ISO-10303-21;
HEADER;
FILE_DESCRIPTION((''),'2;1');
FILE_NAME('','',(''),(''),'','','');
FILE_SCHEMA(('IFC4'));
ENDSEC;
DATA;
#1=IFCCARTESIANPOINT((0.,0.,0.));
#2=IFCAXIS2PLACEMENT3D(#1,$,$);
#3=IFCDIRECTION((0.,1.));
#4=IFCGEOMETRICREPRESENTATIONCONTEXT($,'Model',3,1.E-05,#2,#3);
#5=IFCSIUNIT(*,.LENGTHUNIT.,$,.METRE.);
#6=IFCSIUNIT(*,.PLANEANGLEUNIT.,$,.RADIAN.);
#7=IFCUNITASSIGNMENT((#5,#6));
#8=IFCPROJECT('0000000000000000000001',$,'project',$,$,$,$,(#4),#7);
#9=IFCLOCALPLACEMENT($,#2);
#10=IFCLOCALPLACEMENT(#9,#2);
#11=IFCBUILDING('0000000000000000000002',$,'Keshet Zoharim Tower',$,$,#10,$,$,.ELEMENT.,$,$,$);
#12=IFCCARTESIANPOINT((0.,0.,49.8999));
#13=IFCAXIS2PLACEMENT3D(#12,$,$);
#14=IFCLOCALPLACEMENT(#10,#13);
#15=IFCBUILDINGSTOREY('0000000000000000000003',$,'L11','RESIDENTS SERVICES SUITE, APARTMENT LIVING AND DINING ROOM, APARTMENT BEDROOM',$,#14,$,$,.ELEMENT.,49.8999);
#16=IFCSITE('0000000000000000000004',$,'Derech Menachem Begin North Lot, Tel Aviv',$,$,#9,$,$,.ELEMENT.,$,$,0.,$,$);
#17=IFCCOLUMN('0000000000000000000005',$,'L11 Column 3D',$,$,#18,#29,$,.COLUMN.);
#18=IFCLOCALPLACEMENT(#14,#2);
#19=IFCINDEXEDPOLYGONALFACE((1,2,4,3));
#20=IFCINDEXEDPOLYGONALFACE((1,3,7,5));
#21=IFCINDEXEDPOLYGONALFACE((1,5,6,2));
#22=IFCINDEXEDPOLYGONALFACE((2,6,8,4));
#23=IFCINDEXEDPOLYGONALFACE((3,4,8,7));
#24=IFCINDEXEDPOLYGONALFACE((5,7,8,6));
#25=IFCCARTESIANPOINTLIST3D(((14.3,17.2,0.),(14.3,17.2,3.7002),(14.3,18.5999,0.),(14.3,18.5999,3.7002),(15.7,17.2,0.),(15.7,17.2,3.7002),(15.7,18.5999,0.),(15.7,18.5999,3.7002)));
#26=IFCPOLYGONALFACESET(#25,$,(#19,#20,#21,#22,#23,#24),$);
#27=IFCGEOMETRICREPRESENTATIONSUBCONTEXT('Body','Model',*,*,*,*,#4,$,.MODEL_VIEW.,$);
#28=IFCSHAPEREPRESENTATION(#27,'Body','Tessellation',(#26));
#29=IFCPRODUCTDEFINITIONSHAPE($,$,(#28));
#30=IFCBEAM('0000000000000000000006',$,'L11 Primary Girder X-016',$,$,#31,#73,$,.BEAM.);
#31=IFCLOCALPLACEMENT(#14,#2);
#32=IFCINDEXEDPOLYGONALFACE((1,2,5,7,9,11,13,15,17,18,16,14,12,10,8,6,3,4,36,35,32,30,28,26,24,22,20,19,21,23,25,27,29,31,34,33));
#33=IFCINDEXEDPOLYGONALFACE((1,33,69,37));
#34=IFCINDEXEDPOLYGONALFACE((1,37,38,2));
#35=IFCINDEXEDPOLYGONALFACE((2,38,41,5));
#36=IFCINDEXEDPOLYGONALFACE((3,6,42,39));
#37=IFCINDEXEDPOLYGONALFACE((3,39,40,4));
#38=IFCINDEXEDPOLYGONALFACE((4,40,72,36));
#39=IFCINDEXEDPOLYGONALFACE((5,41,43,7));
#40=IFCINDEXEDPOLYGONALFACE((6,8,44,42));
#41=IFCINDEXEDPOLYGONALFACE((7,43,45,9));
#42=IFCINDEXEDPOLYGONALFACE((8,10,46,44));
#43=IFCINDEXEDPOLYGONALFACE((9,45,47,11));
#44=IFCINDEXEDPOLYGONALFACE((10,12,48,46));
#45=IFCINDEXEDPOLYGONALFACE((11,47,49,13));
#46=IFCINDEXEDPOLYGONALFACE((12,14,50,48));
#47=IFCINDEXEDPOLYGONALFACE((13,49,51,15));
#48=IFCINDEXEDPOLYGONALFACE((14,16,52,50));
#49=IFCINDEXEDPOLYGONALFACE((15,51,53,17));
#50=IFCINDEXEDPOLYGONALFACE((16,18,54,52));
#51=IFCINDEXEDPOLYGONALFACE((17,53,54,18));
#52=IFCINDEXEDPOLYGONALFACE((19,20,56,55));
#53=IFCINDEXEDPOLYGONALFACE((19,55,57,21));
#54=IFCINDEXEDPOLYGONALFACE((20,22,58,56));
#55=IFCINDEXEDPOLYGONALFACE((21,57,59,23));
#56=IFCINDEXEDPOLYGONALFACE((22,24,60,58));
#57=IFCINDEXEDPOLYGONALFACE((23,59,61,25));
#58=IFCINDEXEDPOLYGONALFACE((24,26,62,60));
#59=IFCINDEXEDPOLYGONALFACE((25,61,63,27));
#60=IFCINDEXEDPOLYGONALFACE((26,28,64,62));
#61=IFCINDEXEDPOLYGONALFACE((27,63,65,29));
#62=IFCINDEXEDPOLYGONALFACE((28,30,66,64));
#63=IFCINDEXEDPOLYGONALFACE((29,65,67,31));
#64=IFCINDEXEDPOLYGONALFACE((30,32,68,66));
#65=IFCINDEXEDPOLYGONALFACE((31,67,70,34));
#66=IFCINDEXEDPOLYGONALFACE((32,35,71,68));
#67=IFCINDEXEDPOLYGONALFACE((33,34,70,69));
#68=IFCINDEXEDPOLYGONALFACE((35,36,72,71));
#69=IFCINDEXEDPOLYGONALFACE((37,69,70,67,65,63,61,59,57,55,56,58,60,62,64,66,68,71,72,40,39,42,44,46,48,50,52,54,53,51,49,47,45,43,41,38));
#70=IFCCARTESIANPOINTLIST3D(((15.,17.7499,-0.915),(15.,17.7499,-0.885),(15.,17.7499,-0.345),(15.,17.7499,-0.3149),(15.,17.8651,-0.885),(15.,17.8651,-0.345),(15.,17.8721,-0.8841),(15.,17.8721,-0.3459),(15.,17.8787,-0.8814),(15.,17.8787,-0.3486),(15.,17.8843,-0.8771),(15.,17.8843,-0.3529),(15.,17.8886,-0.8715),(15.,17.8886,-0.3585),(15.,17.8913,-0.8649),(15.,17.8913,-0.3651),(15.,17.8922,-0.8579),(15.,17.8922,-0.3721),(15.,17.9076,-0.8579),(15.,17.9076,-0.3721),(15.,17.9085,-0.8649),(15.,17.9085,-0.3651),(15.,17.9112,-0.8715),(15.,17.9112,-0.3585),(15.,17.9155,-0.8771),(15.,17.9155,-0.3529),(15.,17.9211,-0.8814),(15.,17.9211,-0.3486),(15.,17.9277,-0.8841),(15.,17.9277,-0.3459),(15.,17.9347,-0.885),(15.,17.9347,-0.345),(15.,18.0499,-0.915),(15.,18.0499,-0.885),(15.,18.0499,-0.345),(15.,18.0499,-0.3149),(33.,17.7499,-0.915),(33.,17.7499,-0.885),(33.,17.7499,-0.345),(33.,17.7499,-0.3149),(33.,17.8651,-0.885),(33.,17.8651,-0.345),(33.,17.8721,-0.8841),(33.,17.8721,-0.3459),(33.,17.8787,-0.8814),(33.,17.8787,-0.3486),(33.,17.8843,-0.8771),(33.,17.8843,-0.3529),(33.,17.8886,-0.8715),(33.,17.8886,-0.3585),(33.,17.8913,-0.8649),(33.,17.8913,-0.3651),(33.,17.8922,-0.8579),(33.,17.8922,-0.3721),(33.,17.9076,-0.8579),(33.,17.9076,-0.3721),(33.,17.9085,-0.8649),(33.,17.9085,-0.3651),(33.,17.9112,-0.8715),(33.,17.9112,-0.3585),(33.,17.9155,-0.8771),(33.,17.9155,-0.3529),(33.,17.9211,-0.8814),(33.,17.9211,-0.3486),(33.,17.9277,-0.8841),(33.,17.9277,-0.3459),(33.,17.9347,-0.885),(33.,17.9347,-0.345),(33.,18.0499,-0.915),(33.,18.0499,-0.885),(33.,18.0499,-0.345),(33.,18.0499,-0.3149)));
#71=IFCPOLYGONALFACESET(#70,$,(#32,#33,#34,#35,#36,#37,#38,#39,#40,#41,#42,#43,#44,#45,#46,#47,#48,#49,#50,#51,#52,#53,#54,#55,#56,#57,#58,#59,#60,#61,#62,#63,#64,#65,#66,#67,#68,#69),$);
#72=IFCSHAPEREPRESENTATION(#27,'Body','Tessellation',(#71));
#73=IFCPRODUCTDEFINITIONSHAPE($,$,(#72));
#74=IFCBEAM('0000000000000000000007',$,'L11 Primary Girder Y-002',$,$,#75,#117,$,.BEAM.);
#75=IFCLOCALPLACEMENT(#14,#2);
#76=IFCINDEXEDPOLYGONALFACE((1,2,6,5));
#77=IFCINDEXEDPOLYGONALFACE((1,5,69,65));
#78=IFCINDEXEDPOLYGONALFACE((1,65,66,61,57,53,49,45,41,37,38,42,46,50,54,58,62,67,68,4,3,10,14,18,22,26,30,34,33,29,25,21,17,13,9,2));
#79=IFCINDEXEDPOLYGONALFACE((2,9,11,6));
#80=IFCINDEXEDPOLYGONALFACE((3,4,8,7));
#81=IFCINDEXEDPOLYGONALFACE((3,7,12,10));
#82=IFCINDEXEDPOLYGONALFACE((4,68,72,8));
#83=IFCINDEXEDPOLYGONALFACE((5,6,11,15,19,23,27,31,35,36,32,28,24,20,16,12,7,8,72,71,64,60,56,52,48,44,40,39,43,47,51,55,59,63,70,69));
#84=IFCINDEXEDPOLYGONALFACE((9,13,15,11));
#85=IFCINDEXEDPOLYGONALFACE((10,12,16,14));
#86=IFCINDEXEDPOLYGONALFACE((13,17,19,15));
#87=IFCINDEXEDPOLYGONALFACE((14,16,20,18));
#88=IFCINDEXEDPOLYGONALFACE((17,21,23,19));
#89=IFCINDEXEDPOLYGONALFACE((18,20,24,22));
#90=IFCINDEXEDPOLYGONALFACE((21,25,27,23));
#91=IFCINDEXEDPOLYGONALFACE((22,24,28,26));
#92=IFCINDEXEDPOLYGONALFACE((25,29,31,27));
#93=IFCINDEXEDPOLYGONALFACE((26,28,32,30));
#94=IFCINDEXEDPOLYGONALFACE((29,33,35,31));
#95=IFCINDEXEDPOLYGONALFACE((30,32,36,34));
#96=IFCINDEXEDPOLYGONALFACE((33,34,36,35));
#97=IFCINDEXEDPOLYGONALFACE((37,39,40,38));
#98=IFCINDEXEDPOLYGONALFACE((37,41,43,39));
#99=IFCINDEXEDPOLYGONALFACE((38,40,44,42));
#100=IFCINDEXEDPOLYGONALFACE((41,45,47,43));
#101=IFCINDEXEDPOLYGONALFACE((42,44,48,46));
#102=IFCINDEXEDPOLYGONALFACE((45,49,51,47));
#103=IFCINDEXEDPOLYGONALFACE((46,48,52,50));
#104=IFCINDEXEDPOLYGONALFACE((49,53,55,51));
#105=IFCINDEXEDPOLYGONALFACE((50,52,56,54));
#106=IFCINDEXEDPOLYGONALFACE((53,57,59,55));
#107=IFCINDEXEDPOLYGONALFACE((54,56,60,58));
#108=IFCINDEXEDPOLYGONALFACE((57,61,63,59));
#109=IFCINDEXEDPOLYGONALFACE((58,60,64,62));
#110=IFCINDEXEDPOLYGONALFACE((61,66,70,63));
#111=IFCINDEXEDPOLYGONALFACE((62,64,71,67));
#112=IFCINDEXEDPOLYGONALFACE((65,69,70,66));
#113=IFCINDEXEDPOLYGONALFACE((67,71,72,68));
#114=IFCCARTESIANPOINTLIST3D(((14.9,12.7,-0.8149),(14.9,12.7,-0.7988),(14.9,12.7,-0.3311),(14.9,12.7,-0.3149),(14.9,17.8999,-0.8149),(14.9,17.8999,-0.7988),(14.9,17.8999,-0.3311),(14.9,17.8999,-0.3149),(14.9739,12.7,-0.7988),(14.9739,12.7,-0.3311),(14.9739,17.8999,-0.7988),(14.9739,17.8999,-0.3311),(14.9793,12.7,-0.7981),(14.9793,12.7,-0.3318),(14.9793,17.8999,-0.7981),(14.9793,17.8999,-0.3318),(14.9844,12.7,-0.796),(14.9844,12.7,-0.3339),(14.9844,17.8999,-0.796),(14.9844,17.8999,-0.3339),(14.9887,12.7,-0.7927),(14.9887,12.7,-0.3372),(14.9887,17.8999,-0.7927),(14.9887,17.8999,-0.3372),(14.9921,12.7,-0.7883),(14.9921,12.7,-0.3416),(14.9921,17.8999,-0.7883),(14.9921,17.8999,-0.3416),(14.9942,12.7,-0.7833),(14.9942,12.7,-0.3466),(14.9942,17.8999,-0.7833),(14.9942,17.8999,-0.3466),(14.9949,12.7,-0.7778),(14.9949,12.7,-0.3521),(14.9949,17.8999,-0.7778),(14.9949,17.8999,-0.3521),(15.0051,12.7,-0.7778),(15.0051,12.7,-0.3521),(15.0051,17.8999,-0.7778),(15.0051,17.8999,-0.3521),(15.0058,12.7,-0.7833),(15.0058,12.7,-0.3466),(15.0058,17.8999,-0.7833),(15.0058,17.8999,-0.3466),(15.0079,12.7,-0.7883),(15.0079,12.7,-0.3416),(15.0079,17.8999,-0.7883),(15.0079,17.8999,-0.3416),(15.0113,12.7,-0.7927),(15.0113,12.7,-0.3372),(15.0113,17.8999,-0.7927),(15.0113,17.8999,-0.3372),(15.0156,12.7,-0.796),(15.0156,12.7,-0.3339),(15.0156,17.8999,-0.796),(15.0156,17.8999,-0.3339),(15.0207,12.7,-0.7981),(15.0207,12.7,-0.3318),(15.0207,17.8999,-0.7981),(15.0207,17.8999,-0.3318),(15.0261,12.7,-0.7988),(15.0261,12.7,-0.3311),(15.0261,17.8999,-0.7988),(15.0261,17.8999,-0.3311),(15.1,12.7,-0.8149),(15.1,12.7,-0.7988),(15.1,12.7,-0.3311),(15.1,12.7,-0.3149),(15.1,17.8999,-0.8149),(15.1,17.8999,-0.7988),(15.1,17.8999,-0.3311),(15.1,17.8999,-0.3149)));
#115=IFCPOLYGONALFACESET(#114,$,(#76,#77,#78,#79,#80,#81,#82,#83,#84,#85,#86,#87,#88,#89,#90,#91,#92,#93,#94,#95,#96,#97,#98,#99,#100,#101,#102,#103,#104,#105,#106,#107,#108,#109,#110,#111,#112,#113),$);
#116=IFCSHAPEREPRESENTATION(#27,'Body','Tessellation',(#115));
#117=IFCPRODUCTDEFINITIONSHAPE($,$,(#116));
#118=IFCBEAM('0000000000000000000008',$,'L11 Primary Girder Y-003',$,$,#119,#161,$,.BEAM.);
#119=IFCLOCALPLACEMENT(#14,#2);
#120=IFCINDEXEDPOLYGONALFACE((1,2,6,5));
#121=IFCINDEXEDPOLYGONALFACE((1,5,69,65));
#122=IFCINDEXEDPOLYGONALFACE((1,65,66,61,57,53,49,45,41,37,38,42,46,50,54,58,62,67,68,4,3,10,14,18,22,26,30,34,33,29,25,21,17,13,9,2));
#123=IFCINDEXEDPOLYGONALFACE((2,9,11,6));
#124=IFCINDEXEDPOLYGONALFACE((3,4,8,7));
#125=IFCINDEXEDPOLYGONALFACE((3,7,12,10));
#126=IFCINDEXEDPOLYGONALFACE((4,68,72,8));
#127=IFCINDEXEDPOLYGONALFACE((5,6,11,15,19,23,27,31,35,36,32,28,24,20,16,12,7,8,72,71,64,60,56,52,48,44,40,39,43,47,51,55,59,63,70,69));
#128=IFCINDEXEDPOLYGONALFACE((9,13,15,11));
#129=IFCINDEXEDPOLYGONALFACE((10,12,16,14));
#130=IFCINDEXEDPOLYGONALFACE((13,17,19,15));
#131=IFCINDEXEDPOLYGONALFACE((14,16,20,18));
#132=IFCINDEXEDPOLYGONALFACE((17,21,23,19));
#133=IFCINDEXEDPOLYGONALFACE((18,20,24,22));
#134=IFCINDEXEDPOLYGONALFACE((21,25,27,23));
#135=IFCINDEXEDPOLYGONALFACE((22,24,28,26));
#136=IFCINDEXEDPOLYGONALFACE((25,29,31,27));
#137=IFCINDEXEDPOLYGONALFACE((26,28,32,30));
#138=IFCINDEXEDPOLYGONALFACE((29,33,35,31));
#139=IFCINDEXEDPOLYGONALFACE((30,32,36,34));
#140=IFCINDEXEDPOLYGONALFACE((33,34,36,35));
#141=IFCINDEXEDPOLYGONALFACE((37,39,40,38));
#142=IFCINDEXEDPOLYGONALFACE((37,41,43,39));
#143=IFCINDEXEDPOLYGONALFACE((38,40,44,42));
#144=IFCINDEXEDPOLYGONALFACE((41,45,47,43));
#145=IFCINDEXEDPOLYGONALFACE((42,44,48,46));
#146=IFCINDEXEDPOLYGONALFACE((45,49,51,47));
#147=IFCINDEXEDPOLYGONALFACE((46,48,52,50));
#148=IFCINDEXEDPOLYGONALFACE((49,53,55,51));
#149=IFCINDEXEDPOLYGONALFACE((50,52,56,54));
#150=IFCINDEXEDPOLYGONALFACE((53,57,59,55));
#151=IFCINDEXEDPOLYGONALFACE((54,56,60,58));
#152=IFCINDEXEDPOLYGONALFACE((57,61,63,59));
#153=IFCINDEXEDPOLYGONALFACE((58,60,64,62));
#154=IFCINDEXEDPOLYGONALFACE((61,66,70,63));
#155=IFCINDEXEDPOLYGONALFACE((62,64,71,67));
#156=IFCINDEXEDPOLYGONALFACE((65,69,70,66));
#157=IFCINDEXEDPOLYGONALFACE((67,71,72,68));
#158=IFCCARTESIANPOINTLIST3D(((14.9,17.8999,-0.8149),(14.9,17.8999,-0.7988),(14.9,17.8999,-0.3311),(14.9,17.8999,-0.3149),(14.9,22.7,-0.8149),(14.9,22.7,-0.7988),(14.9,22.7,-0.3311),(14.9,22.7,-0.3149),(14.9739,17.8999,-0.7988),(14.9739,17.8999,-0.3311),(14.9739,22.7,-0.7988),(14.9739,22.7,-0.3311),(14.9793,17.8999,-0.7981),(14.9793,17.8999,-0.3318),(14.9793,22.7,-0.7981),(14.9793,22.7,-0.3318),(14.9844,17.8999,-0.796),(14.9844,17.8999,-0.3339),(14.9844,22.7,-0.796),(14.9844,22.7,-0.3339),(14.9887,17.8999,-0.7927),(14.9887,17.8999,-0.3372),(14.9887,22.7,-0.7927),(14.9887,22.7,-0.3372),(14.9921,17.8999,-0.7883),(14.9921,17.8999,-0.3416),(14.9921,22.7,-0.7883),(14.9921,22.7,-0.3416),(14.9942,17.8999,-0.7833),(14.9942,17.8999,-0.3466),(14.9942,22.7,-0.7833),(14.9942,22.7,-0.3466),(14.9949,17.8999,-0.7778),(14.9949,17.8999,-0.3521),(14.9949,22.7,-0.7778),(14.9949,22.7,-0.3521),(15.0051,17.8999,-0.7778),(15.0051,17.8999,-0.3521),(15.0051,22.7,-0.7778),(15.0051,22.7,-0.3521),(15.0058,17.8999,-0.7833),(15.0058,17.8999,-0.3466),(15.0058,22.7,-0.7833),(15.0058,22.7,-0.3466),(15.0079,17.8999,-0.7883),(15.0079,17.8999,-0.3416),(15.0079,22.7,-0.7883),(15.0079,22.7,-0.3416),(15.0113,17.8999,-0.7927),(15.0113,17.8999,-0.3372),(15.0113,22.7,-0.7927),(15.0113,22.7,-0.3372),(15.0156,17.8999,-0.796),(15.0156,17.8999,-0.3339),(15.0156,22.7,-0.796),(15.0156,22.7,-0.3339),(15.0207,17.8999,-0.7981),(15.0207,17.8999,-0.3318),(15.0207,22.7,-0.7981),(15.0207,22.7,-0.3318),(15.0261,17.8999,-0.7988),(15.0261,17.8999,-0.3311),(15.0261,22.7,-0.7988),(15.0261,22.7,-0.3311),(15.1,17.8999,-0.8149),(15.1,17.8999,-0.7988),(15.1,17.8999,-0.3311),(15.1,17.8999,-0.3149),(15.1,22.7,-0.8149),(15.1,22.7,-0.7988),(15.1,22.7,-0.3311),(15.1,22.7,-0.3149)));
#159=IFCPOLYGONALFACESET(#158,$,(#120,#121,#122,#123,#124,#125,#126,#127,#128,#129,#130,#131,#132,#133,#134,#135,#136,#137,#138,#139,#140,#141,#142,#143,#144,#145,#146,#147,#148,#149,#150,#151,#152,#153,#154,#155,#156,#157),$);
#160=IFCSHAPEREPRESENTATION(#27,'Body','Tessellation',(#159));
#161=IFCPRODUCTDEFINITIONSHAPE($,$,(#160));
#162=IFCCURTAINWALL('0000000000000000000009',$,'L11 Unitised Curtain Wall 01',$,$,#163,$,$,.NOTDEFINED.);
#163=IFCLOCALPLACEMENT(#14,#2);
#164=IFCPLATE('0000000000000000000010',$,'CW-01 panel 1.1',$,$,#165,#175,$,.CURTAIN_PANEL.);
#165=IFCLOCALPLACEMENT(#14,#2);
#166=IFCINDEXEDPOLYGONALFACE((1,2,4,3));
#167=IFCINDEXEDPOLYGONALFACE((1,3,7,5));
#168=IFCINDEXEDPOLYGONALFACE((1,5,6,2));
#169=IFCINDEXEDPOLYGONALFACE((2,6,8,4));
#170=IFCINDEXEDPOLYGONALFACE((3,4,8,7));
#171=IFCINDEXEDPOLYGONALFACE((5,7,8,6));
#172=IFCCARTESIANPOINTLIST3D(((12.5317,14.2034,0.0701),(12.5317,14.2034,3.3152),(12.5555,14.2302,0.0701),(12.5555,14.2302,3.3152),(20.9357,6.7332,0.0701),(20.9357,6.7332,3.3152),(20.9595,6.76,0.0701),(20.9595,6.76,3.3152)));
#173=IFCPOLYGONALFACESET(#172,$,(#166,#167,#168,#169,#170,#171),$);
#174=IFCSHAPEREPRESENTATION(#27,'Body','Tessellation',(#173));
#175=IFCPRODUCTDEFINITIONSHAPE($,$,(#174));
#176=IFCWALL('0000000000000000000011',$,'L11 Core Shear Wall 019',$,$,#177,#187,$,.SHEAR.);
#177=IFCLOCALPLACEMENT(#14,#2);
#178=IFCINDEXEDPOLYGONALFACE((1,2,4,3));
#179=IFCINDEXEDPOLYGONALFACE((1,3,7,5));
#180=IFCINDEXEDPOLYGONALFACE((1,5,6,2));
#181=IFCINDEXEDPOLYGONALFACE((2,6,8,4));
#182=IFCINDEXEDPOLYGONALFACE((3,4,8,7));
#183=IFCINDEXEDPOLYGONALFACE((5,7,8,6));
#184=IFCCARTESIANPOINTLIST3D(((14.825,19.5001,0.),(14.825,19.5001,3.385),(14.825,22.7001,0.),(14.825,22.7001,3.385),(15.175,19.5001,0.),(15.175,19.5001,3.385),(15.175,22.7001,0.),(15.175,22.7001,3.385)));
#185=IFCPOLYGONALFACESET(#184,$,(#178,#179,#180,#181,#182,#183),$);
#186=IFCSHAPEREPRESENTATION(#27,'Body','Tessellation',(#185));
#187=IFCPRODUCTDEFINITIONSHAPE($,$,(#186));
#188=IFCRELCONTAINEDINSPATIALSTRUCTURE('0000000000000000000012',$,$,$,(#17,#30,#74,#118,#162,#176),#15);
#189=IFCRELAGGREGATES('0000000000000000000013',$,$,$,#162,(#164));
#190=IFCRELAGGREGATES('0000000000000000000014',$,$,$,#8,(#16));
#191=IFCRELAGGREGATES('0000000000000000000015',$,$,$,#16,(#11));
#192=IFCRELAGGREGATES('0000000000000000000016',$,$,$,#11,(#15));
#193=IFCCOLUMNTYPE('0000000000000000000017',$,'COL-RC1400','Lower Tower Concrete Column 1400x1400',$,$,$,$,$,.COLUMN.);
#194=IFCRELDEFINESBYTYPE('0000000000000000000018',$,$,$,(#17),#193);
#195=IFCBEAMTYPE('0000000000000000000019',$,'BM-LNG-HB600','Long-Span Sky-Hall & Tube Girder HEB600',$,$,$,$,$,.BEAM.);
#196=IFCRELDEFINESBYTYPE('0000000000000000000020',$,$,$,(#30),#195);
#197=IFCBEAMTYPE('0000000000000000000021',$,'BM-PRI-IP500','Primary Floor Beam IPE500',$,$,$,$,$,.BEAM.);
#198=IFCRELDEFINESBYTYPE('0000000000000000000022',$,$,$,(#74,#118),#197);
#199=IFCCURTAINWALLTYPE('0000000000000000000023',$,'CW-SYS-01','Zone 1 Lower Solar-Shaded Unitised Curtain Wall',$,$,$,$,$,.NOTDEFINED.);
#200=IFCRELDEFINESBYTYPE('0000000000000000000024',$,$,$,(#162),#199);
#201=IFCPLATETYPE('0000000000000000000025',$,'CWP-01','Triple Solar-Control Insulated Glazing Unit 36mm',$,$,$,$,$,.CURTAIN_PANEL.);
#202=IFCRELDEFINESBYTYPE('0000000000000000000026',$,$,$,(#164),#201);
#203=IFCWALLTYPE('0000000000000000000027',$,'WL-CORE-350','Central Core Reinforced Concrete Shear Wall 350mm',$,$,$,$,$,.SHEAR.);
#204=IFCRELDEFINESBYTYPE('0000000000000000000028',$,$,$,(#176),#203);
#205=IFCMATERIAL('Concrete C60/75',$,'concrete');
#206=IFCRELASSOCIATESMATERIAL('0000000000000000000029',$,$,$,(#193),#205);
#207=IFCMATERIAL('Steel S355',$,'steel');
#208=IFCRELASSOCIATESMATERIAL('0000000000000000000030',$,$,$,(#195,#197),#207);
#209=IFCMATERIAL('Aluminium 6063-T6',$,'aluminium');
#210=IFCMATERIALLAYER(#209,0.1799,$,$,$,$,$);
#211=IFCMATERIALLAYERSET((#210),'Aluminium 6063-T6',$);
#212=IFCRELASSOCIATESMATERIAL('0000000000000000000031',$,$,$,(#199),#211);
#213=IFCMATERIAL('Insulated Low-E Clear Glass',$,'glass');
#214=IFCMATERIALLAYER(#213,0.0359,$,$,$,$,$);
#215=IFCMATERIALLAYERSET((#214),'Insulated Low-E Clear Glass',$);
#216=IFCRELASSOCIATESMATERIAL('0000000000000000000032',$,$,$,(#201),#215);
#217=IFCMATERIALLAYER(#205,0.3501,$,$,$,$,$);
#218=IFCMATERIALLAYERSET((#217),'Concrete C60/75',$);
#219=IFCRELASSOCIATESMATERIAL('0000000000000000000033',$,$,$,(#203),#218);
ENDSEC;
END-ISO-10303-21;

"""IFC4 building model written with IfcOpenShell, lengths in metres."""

from ifc_helpers import new_model, si_unit, direction, frame, frame_2d, origin, origin_2d, place, context, subcontext, project, spatial, rectangle, i_section, extrude, material, layer, layer_set, material_profile, profile_set, type_object, element, aggregate, save


model = new_model("IFC4")

# Units and contexts
model_context = context("Model", 3, precision=1e-05, world=origin(), true_north=direction((0.0, 1.0)))
body_context = subcontext(model_context, "Body", "Model", "MODEL_VIEW")
ifc_project = project(units=[si_unit("LENGTHUNIT", "METRE"), si_unit("PLANEANGLEUNIT", "RADIAN")], contexts=[model_context])

# Site, building, storey
site_placement = place(None, origin())
site = spatial("IfcSite", under=ifc_project, at=site_placement, Name="Derech Menachem Begin North Lot, Tel Aviv", CompositionType="ELEMENT", RefElevation=0.0)
building_placement = place(site_placement, origin())
building = spatial("IfcBuilding", under=site, at=building_placement, Name="Keshet Zoharim Tower", CompositionType="ELEMENT")
storey_placement = place(building_placement, frame((0.0, 0.0, 49.8999)))
storey = spatial("IfcBuildingStorey", under=building, at=storey_placement, Name="L11", Description="RESIDENTS SERVICES SUITE, APARTMENT LIVING AND DINING ROOM, APARTMENT BEDROOM", CompositionType="ELEMENT", Elevation=49.8999)

# Column
ifc_material_1 = material(Name="Concrete C60/75", Category="concrete")
ifc_material_profile_1 = material_profile(ifc_material_1, rectangle(XDim=1.3999, YDim=1.3999, at=origin_2d()), Name="RC1400x1400")
ifc_profile_set_1 = profile_set([ifc_material_profile_1], Name="Concrete C60/75")
column_type = type_object("IfcColumnType", Name="COL-RC1400", Description="Lower Tower Concrete Column 1400x1400", PredefinedType="COLUMN", material=ifc_profile_set_1)
column_placement = place(storey_placement, frame((15.0, 17.8999, 0.0), z_axis=(0.0, 0.0, 1.0), x_axis=(1.0, 0.0, 0.0)))
element("IfcColumn", 1, at=column_placement, inside=storey, type_object=column_type, Name="L11 Column 3D", PredefinedType="COLUMN", context=body_context, shape_type="SweptSolid", body=[
    extrude(rectangle(XDim=1.3999, YDim=1.3999, at=origin_2d()), origin(), (0.0, 0.0, 1.0), 3.7002),
])

# Beams
ifc_material_2 = material(Name="Steel S355", Category="steel")
ifc_material_profile_2 = material_profile(ifc_material_2, i_section(OverallWidth=0.3, OverallDepth=0.6001, WebThickness=0.0154, FlangeThickness=0.03, FilletRadius=0.0271, at=origin_2d()), Name="HEB600")
ifc_profile_set_2 = profile_set([ifc_material_profile_2], Name="Steel S355")
beam_type_1 = type_object("IfcBeamType", Name="BM-LNG-HB600", Description="Long-Span Sky-Hall & Tube Girder HEB600", PredefinedType="BEAM", material=ifc_profile_set_2)
beam_1_placement = place(storey_placement, frame((15.0, 17.8999, -0.615), z_axis=(1.0, 0.0, 0.0), x_axis=(0.0, 1.0, 0.0)))
element("IfcBeam", 2, at=beam_1_placement, inside=storey, type_object=beam_type_1, Name="L11 Primary Girder X-016", PredefinedType="BEAM", context=body_context, shape_type="SweptSolid", body=[
    extrude(i_section(OverallWidth=0.3, OverallDepth=0.6001, WebThickness=0.0154, FlangeThickness=0.03, FilletRadius=0.0271, at=origin_2d()), origin(), (0.0, 0.0, 1.0), 18.0),
])
ifc_material_profile_3 = material_profile(ifc_material_2, i_section(OverallWidth=0.2, OverallDepth=0.5, WebThickness=0.0103, FlangeThickness=0.0161, FilletRadius=0.021, at=origin_2d()), Name="IPE500")
ifc_profile_set_3 = profile_set([ifc_material_profile_3], Name="Steel S355")
beam_type_2 = type_object("IfcBeamType", Name="BM-PRI-IP500", Description="Primary Floor Beam IPE500", PredefinedType="BEAM", material=ifc_profile_set_3)
beam_2_placement = place(storey_placement, frame((15.0, 12.7, -0.5649), z_axis=(0.0, 1.0, 0.0), x_axis=(-1.0, 0.0, 0.0)))
element("IfcBeam", 3, at=beam_2_placement, inside=storey, type_object=beam_type_2, Name="L11 Primary Girder Y-002", PredefinedType="BEAM", context=body_context, shape_type="SweptSolid", body=[
    extrude(i_section(OverallWidth=0.2, OverallDepth=0.5, WebThickness=0.0103, FlangeThickness=0.0161, FilletRadius=0.021, at=origin_2d()), origin(), (0.0, 0.0, 1.0), 5.2),
])
beam_3_placement = place(storey_placement, frame((15.0, 17.8999, -0.5649), z_axis=(0.0, 1.0, 0.0), x_axis=(-1.0, 0.0, 0.0)))
element("IfcBeam", 4, at=beam_3_placement, inside=storey, type_object=beam_type_2, Name="L11 Primary Girder Y-003", PredefinedType="BEAM", context=body_context, shape_type="SweptSolid", body=[
    extrude(i_section(OverallWidth=0.2, OverallDepth=0.5, WebThickness=0.0103, FlangeThickness=0.0161, FilletRadius=0.021, at=origin_2d()), origin(), (0.0, 0.0, 1.0), 4.8),
])

# Curtain wall, plate
ifc_material_3 = material(Name="Aluminium 6063-T6", Category="aluminium")
ifc_layer_1 = layer(ifc_material_3, 0.1799)
ifc_layer_set_1 = layer_set([ifc_layer_1], Name="Aluminium 6063-T6")
curtain_wall_type = type_object("IfcCurtainWallType", Name="CW-SYS-01", Description="Zone 1 Lower Solar-Shaded Unitised Curtain Wall", PredefinedType="NOTDEFINED", material=ifc_layer_set_1)
curtain_wall_placement = place(storey_placement, origin())
curtain_wall = element("IfcCurtainWall", 5, at=curtain_wall_placement, inside=storey, type_object=curtain_wall_type, Name="L11 Unitised Curtain Wall 01", PredefinedType="NOTDEFINED")
ifc_material_4 = material(Name="Insulated Low-E Clear Glass", Category="glass")
ifc_layer_2 = layer(ifc_material_4, 0.0359)
ifc_layer_set_2 = layer_set([ifc_layer_2], Name="Insulated Low-E Clear Glass")
plate_type = type_object("IfcPlateType", Name="CWP-01", Description="Triple Solar-Control Insulated Glazing Unit 36mm", PredefinedType="CURTAIN_PANEL", material=ifc_layer_set_2)
plate_placement = place(storey_placement, frame((16.7456, 10.4817, 0.0701), z_axis=(0.0, 0.0, 1.0), x_axis=(-0.747409, 0.664364, 0.0)))
plate = element("IfcPlate", 6, at=plate_placement, type_object=plate_type, Name="CW-01 panel 1.1", PredefinedType="CURTAIN_PANEL", context=body_context, shape_type="SweptSolid", body=[
    extrude(rectangle(XDim=11.2441, YDim=0.0359, at=origin_2d()), origin(), (0.0, 0.0, 1.0), 3.2451),
])
aggregate(curtain_wall, [plate])

# Wall
ifc_layer_3 = layer(ifc_material_1, 0.3501)
ifc_layer_set_3 = layer_set([ifc_layer_3], Name="Concrete C60/75")
wall_type_1 = type_object("IfcWallType", Name="WL-CORE-350", Description="Central Core Reinforced Concrete Shear Wall 350mm", PredefinedType="SHEAR", material=ifc_layer_set_3)
for number, where, z_axis, x_axis, name in (
    (7, (15.0, 19.5, 0.0), (0.0, 0.0, 1.0), (0.0, 1.0, 0.0), "L11 Core Shear Wall 019"),
):
    element("IfcWall", number, at=place(storey_placement, frame(where, z_axis=z_axis, x_axis=x_axis)), inside=storey, type_object=wall_type_1, Name=name, PredefinedType="SHEAR", context=body_context, shape_type="SweptSolid", body=[
        extrude(rectangle(XDim=3.2, YDim=0.3501, at=frame_2d((1.6001, 0.0))), origin(), (0.0, 0.0, 1.0), 3.385),
    ])

save(model, "model.ifc")
